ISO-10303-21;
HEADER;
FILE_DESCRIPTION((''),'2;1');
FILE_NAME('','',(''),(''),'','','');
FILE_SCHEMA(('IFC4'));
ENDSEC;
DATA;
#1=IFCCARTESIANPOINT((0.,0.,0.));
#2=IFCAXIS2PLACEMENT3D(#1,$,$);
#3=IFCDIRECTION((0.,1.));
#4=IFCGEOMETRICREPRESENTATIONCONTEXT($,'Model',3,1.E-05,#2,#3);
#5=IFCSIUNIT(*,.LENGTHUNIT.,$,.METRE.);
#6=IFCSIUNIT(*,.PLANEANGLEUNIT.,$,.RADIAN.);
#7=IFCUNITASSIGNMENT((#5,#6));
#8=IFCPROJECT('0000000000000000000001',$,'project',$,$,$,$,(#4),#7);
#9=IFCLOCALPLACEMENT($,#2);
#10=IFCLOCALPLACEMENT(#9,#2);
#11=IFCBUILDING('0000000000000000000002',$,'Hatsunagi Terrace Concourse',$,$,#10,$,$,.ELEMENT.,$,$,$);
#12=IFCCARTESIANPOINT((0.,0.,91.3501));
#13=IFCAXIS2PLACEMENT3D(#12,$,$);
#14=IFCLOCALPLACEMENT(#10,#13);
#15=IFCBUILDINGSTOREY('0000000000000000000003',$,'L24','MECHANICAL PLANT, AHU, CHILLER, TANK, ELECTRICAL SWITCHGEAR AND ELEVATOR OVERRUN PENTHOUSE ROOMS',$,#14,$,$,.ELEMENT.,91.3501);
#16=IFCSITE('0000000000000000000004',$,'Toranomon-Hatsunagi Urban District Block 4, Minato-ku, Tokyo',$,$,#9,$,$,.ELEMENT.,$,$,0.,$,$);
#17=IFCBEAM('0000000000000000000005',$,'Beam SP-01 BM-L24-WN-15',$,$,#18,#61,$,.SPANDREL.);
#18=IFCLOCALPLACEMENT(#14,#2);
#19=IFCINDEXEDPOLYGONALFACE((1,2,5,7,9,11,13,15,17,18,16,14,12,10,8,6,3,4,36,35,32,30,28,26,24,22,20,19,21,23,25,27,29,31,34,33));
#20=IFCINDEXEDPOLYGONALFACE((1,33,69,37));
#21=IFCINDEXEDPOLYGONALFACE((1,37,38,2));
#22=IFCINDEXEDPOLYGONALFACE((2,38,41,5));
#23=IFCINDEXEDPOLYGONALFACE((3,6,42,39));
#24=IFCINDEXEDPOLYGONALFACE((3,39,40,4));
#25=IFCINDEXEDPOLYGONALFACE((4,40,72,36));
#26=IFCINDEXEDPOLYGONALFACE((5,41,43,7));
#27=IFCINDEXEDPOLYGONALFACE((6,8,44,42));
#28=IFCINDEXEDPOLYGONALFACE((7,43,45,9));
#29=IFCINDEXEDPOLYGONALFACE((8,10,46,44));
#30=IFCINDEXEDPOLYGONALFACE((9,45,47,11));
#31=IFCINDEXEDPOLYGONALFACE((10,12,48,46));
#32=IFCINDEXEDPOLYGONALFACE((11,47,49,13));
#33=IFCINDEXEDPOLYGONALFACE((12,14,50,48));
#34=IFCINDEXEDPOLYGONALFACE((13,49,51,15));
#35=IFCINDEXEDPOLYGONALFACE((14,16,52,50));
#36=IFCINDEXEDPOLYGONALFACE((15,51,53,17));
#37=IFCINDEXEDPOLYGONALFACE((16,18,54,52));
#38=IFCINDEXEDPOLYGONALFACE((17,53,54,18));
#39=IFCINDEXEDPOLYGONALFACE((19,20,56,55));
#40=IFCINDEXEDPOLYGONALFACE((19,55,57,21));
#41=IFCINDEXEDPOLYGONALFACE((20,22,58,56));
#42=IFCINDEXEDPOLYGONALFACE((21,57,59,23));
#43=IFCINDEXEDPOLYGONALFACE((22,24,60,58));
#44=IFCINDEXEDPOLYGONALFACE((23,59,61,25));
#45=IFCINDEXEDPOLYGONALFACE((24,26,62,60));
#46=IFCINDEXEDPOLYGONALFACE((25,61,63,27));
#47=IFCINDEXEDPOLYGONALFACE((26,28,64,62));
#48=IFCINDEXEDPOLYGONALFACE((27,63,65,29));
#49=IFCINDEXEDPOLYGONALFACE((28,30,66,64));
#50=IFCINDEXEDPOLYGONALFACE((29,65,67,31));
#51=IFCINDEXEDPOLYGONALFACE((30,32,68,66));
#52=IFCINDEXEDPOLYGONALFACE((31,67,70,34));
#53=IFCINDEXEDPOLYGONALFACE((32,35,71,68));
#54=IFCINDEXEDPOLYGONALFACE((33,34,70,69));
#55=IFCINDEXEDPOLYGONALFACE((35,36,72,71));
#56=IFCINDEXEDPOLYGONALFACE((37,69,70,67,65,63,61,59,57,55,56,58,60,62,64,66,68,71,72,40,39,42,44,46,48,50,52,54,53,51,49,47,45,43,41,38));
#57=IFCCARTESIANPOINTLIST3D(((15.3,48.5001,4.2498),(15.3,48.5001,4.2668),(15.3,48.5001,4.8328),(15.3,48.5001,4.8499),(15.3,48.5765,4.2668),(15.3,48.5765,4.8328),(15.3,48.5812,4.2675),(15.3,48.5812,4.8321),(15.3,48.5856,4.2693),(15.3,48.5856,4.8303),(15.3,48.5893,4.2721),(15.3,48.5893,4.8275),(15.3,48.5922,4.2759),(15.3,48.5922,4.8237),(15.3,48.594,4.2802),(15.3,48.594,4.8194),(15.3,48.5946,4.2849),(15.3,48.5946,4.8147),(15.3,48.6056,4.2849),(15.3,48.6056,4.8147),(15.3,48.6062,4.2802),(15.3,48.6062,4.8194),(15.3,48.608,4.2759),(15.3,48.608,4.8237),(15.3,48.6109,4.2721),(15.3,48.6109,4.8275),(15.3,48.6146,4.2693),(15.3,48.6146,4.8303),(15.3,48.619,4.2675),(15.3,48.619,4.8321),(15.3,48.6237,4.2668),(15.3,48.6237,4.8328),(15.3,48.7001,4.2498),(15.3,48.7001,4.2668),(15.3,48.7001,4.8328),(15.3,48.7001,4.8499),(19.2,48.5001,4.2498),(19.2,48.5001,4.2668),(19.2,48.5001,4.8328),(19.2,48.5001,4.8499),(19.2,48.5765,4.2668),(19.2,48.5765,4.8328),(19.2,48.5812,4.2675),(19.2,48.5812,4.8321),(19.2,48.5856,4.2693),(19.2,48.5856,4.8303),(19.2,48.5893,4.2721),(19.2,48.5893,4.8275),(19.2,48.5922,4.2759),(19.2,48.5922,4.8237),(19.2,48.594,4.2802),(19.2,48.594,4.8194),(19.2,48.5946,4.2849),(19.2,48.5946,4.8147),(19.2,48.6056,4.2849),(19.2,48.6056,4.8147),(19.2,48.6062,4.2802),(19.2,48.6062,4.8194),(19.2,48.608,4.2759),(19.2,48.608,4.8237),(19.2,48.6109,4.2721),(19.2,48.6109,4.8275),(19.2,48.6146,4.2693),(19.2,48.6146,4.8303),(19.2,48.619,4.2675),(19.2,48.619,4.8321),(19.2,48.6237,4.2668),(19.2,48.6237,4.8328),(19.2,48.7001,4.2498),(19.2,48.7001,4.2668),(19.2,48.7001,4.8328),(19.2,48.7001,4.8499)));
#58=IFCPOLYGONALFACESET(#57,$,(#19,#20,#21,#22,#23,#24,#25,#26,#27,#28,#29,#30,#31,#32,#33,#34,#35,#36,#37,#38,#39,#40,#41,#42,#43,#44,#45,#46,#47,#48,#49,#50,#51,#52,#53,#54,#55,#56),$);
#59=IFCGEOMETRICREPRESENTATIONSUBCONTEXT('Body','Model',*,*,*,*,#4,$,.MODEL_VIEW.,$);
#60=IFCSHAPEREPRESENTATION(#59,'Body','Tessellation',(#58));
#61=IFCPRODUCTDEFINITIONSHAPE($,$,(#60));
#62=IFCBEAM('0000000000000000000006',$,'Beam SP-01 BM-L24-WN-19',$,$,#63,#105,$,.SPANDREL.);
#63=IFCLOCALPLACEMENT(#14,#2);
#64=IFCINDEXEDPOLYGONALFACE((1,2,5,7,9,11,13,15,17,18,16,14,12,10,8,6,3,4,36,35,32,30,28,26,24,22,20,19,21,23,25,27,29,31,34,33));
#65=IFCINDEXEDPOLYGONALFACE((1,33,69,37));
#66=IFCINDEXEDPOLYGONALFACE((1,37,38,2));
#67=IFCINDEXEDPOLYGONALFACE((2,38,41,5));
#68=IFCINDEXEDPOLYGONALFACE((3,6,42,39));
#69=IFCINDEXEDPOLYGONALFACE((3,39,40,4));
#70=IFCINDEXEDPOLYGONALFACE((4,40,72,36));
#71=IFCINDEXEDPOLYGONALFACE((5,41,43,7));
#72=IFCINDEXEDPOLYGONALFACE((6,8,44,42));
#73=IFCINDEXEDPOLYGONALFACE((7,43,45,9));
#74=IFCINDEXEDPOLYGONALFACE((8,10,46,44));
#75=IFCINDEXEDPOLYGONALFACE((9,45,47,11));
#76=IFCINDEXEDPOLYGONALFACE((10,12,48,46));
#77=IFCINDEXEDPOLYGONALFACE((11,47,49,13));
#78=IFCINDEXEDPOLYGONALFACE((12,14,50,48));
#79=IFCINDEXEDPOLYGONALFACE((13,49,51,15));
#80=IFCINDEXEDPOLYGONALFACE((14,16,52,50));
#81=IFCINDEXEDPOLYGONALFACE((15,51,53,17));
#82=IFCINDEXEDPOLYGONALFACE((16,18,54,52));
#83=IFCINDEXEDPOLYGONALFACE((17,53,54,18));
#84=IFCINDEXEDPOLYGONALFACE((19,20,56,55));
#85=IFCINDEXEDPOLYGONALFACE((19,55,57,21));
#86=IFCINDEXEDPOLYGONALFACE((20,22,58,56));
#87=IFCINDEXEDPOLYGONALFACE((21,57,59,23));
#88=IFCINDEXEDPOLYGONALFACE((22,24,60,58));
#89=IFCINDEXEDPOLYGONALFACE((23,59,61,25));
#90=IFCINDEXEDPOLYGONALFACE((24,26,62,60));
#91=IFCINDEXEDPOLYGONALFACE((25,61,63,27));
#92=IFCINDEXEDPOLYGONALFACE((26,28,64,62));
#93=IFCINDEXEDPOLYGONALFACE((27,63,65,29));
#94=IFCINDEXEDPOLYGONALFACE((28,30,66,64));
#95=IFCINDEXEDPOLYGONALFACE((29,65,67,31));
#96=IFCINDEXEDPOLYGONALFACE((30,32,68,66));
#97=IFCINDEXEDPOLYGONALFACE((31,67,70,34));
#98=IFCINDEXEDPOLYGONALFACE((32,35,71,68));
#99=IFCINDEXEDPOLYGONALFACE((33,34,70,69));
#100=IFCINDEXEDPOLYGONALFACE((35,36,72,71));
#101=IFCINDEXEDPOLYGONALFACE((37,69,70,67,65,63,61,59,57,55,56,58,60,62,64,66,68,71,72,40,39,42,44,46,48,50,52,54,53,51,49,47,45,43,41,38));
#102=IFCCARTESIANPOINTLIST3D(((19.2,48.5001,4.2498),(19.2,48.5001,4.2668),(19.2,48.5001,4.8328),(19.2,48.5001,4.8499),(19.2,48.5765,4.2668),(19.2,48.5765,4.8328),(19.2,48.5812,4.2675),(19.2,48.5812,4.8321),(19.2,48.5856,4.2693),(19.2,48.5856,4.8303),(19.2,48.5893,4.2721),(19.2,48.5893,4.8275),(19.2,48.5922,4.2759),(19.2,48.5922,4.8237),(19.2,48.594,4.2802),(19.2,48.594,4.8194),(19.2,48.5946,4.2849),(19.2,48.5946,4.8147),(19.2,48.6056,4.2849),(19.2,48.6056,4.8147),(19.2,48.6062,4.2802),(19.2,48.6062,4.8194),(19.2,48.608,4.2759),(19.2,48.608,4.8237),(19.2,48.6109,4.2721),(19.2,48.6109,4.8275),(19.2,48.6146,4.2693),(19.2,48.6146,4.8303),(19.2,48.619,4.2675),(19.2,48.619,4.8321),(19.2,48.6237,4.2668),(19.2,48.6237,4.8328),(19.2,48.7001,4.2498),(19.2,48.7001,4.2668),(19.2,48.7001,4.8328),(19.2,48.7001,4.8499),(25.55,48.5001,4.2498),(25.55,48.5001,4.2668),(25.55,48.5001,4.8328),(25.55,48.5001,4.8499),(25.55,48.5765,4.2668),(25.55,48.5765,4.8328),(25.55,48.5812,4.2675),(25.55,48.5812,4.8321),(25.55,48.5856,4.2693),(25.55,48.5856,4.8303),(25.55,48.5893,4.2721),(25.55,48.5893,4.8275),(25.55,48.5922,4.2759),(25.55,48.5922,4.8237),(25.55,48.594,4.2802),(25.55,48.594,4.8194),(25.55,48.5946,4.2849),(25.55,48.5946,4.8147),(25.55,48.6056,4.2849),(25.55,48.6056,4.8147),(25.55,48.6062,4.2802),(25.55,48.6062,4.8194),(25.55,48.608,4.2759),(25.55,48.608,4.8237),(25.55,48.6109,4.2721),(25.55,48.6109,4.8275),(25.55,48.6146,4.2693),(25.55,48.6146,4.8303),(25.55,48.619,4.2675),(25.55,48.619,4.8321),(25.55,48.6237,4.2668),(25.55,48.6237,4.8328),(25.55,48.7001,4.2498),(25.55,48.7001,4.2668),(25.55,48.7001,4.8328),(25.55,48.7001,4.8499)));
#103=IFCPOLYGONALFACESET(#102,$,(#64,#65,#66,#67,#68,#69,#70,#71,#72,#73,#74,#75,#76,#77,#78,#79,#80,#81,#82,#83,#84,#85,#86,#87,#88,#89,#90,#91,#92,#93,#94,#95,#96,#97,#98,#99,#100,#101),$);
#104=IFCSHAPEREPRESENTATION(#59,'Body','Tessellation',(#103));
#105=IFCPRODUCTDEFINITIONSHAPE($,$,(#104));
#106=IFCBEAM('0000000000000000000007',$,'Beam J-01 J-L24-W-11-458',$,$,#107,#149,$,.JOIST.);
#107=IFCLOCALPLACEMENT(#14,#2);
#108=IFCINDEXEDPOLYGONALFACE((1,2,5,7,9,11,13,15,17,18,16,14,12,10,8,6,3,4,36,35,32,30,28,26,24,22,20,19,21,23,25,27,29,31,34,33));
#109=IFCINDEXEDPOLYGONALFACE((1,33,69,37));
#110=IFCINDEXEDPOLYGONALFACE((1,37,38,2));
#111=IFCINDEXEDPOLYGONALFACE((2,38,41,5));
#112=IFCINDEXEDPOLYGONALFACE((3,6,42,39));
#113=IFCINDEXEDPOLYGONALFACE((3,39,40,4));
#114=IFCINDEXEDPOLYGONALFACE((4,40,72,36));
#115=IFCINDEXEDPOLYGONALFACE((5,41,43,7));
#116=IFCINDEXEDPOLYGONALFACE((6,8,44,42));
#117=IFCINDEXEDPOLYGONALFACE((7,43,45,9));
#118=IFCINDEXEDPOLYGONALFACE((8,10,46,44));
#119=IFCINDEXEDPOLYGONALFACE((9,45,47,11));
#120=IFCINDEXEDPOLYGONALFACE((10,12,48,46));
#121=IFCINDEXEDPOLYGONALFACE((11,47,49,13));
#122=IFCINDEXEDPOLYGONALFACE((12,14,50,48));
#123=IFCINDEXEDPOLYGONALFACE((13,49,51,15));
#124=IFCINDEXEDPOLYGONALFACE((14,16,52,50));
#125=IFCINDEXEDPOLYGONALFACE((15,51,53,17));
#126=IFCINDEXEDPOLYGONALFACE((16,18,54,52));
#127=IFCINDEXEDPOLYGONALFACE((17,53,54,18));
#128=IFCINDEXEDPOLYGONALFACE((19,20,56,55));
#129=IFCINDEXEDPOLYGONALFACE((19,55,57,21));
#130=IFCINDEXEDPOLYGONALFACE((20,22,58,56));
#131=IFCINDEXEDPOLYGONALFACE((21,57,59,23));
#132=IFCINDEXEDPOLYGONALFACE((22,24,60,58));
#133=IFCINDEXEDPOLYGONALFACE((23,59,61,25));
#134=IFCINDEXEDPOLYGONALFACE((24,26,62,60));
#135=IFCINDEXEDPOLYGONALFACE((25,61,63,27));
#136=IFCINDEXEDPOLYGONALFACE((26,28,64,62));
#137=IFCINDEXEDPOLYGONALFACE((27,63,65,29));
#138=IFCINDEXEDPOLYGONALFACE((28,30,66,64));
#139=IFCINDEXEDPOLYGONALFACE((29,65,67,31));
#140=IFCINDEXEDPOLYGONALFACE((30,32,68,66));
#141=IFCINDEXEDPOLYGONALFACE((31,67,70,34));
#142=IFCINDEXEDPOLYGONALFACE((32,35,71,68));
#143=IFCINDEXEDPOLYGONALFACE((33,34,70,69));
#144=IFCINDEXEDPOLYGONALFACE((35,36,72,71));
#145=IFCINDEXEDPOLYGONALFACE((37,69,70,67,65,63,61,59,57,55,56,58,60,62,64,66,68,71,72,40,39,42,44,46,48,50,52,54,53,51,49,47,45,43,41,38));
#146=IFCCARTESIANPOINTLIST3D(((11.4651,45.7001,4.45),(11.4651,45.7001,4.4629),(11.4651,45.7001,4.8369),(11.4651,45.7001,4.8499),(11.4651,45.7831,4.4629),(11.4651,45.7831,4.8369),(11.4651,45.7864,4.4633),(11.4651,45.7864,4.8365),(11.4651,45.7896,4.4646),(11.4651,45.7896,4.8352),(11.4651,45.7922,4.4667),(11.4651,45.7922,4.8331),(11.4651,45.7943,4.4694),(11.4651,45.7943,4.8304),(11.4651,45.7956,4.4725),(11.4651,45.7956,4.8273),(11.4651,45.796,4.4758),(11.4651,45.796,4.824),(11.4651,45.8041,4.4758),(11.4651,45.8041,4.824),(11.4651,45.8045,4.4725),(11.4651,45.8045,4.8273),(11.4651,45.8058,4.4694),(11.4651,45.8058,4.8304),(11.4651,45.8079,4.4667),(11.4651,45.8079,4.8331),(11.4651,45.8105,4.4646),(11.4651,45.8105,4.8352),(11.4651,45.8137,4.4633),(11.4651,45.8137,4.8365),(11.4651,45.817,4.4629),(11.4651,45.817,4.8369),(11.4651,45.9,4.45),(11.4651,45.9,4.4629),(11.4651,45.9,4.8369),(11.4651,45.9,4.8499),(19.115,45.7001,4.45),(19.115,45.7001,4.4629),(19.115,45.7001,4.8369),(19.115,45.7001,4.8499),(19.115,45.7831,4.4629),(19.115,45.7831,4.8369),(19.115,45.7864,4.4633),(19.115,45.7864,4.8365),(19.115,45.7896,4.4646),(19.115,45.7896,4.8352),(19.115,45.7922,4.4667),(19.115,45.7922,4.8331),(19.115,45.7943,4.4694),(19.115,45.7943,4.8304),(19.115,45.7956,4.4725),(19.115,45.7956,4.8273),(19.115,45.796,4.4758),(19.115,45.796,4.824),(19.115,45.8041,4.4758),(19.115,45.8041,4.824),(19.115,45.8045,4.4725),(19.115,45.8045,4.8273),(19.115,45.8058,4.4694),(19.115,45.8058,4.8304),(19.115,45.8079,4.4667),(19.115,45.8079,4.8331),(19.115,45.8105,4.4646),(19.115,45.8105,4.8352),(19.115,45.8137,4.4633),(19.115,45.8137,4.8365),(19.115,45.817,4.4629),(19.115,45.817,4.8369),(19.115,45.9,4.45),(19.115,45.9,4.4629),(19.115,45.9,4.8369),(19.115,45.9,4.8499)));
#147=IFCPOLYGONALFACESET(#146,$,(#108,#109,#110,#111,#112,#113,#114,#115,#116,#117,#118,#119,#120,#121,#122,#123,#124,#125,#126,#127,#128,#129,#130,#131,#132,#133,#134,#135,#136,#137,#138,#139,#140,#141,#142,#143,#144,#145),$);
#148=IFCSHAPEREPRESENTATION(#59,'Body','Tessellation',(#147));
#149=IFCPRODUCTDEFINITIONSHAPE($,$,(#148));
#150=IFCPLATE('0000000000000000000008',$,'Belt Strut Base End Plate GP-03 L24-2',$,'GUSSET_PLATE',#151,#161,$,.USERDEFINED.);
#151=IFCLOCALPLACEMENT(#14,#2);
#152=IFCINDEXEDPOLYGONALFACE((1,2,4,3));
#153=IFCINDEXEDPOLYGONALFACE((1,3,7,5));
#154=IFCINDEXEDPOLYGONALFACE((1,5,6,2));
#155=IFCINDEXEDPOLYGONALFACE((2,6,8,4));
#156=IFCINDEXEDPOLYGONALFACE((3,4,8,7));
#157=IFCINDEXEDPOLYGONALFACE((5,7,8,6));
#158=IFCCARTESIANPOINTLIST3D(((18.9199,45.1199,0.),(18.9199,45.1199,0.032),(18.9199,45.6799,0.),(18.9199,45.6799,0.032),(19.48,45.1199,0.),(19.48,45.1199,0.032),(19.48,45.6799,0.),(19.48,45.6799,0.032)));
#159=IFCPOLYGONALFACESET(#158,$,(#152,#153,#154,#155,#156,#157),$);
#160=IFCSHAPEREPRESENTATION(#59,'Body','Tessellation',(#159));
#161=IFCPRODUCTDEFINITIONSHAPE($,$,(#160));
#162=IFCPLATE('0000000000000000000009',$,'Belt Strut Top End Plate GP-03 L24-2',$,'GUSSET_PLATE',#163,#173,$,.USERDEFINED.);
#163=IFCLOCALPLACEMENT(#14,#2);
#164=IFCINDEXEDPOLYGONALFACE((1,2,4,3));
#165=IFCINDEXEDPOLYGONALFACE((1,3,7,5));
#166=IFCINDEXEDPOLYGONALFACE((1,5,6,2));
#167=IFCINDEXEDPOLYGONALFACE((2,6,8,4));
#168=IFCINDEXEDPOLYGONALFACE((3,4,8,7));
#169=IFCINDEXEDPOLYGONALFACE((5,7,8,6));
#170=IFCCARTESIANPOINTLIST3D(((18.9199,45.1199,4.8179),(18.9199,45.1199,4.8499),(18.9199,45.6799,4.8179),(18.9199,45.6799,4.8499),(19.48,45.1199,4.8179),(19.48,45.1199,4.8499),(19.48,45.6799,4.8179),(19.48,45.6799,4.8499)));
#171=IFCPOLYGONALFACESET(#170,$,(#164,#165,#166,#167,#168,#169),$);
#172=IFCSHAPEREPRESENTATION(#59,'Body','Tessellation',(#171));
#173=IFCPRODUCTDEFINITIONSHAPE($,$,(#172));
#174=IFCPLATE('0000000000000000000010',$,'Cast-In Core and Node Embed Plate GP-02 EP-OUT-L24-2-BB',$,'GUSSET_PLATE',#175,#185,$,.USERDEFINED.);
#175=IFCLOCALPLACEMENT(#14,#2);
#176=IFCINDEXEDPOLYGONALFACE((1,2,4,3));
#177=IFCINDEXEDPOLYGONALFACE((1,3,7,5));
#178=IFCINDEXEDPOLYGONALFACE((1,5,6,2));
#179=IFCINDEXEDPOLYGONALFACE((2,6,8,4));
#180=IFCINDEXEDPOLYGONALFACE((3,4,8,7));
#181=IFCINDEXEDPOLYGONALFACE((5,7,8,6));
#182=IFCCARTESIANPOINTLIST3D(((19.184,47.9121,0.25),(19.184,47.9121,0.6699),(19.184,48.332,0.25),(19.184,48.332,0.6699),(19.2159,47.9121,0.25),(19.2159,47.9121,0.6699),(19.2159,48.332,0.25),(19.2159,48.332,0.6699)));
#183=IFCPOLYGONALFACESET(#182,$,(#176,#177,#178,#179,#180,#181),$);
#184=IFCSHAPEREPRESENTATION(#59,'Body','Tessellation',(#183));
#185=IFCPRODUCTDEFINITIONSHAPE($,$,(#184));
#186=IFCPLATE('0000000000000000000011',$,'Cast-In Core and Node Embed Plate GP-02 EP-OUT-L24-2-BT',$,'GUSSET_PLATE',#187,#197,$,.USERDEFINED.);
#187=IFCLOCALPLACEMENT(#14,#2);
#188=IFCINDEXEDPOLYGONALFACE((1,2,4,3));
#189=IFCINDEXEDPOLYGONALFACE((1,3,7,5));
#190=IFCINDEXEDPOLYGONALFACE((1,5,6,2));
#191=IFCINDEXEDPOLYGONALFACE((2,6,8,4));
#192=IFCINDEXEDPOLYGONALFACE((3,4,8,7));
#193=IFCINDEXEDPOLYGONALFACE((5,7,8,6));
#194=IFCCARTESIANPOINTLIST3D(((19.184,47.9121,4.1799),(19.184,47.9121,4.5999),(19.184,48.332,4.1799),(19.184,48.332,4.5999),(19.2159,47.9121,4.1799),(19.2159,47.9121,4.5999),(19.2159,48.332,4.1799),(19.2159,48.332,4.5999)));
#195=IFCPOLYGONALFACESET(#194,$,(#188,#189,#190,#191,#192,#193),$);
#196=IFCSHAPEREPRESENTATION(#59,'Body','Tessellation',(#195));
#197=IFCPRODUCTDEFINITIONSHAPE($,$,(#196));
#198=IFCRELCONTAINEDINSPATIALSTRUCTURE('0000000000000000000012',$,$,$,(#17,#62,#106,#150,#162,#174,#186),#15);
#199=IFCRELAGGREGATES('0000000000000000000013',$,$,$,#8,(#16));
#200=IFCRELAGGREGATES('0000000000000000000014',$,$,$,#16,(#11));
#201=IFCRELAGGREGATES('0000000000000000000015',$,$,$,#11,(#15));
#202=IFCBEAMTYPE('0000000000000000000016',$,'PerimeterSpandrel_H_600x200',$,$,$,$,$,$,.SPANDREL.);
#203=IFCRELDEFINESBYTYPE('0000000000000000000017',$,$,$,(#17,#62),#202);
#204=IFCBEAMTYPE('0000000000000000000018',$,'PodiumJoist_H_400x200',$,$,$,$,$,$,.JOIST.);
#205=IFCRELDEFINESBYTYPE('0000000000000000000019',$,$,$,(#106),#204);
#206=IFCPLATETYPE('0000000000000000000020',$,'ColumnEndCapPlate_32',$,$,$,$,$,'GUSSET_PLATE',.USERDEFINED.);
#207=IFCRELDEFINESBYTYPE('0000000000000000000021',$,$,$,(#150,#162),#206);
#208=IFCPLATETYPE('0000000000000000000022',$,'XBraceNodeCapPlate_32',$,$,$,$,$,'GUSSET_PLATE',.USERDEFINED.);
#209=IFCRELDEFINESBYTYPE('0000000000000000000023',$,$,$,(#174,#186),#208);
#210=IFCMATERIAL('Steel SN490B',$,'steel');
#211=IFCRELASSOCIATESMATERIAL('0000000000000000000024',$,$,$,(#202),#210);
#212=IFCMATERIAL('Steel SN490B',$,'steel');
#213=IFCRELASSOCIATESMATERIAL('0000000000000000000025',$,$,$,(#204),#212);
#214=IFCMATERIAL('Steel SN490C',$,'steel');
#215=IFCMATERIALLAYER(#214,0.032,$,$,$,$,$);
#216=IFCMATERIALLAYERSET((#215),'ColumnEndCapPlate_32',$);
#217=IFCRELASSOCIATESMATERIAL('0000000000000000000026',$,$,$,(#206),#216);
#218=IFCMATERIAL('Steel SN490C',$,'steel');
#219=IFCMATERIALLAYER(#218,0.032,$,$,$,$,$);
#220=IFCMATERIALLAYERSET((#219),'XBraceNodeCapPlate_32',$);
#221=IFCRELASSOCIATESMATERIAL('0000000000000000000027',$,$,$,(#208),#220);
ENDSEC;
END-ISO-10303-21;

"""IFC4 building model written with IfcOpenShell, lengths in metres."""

from ifc_helpers import new_model, si_unit, direction, frame, origin, origin_2d, place, context, subcontext, project, spatial, rectangle, i_section, extrude, material, layer, layer_set, material_profile, profile_set, type_object, element, save


model = new_model("IFC4")

# Units and contexts
model_context = context("Model", 3, precision=1e-05, world=origin(), true_north=direction((0.0, 1.0)))
body_context = subcontext(model_context, "Body", "Model", "MODEL_VIEW")
ifc_project = project(units=[si_unit("LENGTHUNIT", "METRE"), si_unit("PLANEANGLEUNIT", "RADIAN")], contexts=[model_context])

# Site, building, storey
site_placement = place(None, origin())
site = spatial("IfcSite", under=ifc_project, at=site_placement, Name="Toranomon-Hatsunagi Urban District Block 4, Minato-ku, Tokyo", CompositionType="ELEMENT", RefElevation=0.0)
building_placement = place(site_placement, origin())
building = spatial("IfcBuilding", under=site, at=building_placement, Name="Hatsunagi Terrace Concourse", CompositionType="ELEMENT")
storey_placement = place(building_placement, frame((0.0, 0.0, 91.3501)))
storey = spatial("IfcBuildingStorey", under=building, at=storey_placement, Name="L24", Description="MECHANICAL PLANT, AHU, CHILLER, TANK, ELECTRICAL SWITCHGEAR AND ELEVATOR OVERRUN PENTHOUSE ROOMS", CompositionType="ELEMENT", Elevation=91.3501)

# Beams
ifc_material_1 = material(Name="Steel SN490B", Category="steel")
ifc_material_profile_1 = material_profile(ifc_material_1, i_section(OverallWidth=0.2, OverallDepth=0.6001, WebThickness=0.011, FlangeThickness=0.0171, FilletRadius=0.0181, at=origin_2d()), Name="H-600x200x11x17")
ifc_profile_set_1 = profile_set([ifc_material_profile_1], Name="Steel SN490B")
beam_type_1 = type_object("IfcBeamType", Name="PerimeterSpandrel_H_600x200", PredefinedType="SPANDREL", material=ifc_profile_set_1)
beam_1_placement = place(storey_placement, frame((15.3, 48.6001, 4.5498), z_axis=(1.0, 0.0, 0.0), x_axis=(0.0, 1.0, 0.0)))
element("IfcBeam", 1, at=beam_1_placement, inside=storey, type_object=beam_type_1, Name="Beam SP-01 BM-L24-WN-15", PredefinedType="SPANDREL", context=body_context, shape_type="SweptSolid", body=[
    extrude(i_section(OverallWidth=0.2, OverallDepth=0.6001, WebThickness=0.011, FlangeThickness=0.0171, FilletRadius=0.0181, at=origin_2d()), origin(), (0.0, 0.0, 1.0), 3.8999),
])
beam_2_placement = place(storey_placement, frame((19.2, 48.6001, 4.5498), z_axis=(1.0, 0.0, 0.0), x_axis=(0.0, 1.0, 0.0)))
element("IfcBeam", 2, at=beam_2_placement, inside=storey, type_object=beam_type_1, Name="Beam SP-01 BM-L24-WN-19", PredefinedType="SPANDREL", context=body_context, shape_type="SweptSolid", body=[
    extrude(i_section(OverallWidth=0.2, OverallDepth=0.6001, WebThickness=0.011, FlangeThickness=0.0171, FilletRadius=0.0181, at=origin_2d()), origin(), (0.0, 0.0, 1.0), 6.3501),
])
ifc_material_2 = material(Name="Steel SN490B", Category="steel")
ifc_material_profile_2 = material_profile(ifc_material_2, i_section(OverallWidth=0.2, OverallDepth=0.3999, WebThickness=0.0081, FlangeThickness=0.0129, FilletRadius=0.0129, at=origin_2d()), Name="H-400x200x8x13")
ifc_profile_set_2 = profile_set([ifc_material_profile_2], Name="Steel SN490B")
beam_type_2 = type_object("IfcBeamType", Name="PodiumJoist_H_400x200", PredefinedType="JOIST", material=ifc_profile_set_2)
beam_3_placement = place(storey_placement, frame((11.4651, 45.8, 4.6499), z_axis=(1.0, 0.0, 0.0), x_axis=(0.0, 1.0, 0.0)))
element("IfcBeam", 3, at=beam_3_placement, inside=storey, type_object=beam_type_2, Name="Beam J-01 J-L24-W-11-458", PredefinedType="JOIST", context=body_context, shape_type="SweptSolid", body=[
    extrude(i_section(OverallWidth=0.2, OverallDepth=0.3999, WebThickness=0.0081, FlangeThickness=0.0129, FilletRadius=0.0129, at=origin_2d()), origin(), (0.0, 0.0, 1.0), 7.6499),
])

# Plates
ifc_material_3 = material(Name="Steel SN490C", Category="steel")
ifc_layer_1 = layer(ifc_material_3, 0.032)
ifc_layer_set_1 = layer_set([ifc_layer_1], Name="ColumnEndCapPlate_32")
plate_type_1 = type_object("IfcPlateType", Name="ColumnEndCapPlate_32", ElementType="GUSSET_PLATE", PredefinedType="USERDEFINED", material=ifc_layer_set_1)
for number, where, z_axis, x_axis, name in (
    (4, (19.2, 45.3999, 0.0), (0.0, 0.0, 1.0), (1.0, 0.0, 0.0), "Belt Strut Base End Plate GP-03 L24-2"),
    (5, (19.2, 45.3999, 4.8179), (0.0, 0.0, 1.0), (1.0, 0.0, 0.0), "Belt Strut Top End Plate GP-03 L24-2"),
):
    element("IfcPlate", number, at=place(storey_placement, frame(where, z_axis=z_axis, x_axis=x_axis)), inside=storey, type_object=plate_type_1, Name=name, ObjectType="GUSSET_PLATE", PredefinedType="USERDEFINED", context=body_context, shape_type="SweptSolid", body=[
        extrude(rectangle(XDim=0.5601, YDim=0.5601, at=origin_2d()), origin(), (0.0, 0.0, 1.0), 0.032),
    ])
ifc_material_4 = material(Name="Steel SN490C", Category="steel")
ifc_layer_2 = layer(ifc_material_4, 0.032)
ifc_layer_set_2 = layer_set([ifc_layer_2], Name="XBraceNodeCapPlate_32")
plate_type_2 = type_object("IfcPlateType", Name="XBraceNodeCapPlate_32", ElementType="GUSSET_PLATE", PredefinedType="USERDEFINED", material=ifc_layer_set_2)
for number, where, z_axis, x_axis, name in (
    (6, (19.2, 48.1221, 0.25), (0.0, 0.0, 1.0), (0.0, 1.0, 0.0), "Cast-In Core and Node Embed Plate GP-02 EP-OUT-L24-2-BB"),
    (7, (19.2, 48.1221, 4.1799), (0.0, 0.0, 1.0), (0.0, 1.0, 0.0), "Cast-In Core and Node Embed Plate GP-02 EP-OUT-L24-2-BT"),
):
    element("IfcPlate", number, at=place(storey_placement, frame(where, z_axis=z_axis, x_axis=x_axis)), inside=storey, type_object=plate_type_2, Name=name, ObjectType="GUSSET_PLATE", PredefinedType="USERDEFINED", context=body_context, shape_type="SweptSolid", body=[
        extrude(rectangle(XDim=0.4199, YDim=0.032, at=origin_2d()), origin(), (0.0, 0.0, 1.0), 0.4199),
    ])

save(model, "model.ifc")
